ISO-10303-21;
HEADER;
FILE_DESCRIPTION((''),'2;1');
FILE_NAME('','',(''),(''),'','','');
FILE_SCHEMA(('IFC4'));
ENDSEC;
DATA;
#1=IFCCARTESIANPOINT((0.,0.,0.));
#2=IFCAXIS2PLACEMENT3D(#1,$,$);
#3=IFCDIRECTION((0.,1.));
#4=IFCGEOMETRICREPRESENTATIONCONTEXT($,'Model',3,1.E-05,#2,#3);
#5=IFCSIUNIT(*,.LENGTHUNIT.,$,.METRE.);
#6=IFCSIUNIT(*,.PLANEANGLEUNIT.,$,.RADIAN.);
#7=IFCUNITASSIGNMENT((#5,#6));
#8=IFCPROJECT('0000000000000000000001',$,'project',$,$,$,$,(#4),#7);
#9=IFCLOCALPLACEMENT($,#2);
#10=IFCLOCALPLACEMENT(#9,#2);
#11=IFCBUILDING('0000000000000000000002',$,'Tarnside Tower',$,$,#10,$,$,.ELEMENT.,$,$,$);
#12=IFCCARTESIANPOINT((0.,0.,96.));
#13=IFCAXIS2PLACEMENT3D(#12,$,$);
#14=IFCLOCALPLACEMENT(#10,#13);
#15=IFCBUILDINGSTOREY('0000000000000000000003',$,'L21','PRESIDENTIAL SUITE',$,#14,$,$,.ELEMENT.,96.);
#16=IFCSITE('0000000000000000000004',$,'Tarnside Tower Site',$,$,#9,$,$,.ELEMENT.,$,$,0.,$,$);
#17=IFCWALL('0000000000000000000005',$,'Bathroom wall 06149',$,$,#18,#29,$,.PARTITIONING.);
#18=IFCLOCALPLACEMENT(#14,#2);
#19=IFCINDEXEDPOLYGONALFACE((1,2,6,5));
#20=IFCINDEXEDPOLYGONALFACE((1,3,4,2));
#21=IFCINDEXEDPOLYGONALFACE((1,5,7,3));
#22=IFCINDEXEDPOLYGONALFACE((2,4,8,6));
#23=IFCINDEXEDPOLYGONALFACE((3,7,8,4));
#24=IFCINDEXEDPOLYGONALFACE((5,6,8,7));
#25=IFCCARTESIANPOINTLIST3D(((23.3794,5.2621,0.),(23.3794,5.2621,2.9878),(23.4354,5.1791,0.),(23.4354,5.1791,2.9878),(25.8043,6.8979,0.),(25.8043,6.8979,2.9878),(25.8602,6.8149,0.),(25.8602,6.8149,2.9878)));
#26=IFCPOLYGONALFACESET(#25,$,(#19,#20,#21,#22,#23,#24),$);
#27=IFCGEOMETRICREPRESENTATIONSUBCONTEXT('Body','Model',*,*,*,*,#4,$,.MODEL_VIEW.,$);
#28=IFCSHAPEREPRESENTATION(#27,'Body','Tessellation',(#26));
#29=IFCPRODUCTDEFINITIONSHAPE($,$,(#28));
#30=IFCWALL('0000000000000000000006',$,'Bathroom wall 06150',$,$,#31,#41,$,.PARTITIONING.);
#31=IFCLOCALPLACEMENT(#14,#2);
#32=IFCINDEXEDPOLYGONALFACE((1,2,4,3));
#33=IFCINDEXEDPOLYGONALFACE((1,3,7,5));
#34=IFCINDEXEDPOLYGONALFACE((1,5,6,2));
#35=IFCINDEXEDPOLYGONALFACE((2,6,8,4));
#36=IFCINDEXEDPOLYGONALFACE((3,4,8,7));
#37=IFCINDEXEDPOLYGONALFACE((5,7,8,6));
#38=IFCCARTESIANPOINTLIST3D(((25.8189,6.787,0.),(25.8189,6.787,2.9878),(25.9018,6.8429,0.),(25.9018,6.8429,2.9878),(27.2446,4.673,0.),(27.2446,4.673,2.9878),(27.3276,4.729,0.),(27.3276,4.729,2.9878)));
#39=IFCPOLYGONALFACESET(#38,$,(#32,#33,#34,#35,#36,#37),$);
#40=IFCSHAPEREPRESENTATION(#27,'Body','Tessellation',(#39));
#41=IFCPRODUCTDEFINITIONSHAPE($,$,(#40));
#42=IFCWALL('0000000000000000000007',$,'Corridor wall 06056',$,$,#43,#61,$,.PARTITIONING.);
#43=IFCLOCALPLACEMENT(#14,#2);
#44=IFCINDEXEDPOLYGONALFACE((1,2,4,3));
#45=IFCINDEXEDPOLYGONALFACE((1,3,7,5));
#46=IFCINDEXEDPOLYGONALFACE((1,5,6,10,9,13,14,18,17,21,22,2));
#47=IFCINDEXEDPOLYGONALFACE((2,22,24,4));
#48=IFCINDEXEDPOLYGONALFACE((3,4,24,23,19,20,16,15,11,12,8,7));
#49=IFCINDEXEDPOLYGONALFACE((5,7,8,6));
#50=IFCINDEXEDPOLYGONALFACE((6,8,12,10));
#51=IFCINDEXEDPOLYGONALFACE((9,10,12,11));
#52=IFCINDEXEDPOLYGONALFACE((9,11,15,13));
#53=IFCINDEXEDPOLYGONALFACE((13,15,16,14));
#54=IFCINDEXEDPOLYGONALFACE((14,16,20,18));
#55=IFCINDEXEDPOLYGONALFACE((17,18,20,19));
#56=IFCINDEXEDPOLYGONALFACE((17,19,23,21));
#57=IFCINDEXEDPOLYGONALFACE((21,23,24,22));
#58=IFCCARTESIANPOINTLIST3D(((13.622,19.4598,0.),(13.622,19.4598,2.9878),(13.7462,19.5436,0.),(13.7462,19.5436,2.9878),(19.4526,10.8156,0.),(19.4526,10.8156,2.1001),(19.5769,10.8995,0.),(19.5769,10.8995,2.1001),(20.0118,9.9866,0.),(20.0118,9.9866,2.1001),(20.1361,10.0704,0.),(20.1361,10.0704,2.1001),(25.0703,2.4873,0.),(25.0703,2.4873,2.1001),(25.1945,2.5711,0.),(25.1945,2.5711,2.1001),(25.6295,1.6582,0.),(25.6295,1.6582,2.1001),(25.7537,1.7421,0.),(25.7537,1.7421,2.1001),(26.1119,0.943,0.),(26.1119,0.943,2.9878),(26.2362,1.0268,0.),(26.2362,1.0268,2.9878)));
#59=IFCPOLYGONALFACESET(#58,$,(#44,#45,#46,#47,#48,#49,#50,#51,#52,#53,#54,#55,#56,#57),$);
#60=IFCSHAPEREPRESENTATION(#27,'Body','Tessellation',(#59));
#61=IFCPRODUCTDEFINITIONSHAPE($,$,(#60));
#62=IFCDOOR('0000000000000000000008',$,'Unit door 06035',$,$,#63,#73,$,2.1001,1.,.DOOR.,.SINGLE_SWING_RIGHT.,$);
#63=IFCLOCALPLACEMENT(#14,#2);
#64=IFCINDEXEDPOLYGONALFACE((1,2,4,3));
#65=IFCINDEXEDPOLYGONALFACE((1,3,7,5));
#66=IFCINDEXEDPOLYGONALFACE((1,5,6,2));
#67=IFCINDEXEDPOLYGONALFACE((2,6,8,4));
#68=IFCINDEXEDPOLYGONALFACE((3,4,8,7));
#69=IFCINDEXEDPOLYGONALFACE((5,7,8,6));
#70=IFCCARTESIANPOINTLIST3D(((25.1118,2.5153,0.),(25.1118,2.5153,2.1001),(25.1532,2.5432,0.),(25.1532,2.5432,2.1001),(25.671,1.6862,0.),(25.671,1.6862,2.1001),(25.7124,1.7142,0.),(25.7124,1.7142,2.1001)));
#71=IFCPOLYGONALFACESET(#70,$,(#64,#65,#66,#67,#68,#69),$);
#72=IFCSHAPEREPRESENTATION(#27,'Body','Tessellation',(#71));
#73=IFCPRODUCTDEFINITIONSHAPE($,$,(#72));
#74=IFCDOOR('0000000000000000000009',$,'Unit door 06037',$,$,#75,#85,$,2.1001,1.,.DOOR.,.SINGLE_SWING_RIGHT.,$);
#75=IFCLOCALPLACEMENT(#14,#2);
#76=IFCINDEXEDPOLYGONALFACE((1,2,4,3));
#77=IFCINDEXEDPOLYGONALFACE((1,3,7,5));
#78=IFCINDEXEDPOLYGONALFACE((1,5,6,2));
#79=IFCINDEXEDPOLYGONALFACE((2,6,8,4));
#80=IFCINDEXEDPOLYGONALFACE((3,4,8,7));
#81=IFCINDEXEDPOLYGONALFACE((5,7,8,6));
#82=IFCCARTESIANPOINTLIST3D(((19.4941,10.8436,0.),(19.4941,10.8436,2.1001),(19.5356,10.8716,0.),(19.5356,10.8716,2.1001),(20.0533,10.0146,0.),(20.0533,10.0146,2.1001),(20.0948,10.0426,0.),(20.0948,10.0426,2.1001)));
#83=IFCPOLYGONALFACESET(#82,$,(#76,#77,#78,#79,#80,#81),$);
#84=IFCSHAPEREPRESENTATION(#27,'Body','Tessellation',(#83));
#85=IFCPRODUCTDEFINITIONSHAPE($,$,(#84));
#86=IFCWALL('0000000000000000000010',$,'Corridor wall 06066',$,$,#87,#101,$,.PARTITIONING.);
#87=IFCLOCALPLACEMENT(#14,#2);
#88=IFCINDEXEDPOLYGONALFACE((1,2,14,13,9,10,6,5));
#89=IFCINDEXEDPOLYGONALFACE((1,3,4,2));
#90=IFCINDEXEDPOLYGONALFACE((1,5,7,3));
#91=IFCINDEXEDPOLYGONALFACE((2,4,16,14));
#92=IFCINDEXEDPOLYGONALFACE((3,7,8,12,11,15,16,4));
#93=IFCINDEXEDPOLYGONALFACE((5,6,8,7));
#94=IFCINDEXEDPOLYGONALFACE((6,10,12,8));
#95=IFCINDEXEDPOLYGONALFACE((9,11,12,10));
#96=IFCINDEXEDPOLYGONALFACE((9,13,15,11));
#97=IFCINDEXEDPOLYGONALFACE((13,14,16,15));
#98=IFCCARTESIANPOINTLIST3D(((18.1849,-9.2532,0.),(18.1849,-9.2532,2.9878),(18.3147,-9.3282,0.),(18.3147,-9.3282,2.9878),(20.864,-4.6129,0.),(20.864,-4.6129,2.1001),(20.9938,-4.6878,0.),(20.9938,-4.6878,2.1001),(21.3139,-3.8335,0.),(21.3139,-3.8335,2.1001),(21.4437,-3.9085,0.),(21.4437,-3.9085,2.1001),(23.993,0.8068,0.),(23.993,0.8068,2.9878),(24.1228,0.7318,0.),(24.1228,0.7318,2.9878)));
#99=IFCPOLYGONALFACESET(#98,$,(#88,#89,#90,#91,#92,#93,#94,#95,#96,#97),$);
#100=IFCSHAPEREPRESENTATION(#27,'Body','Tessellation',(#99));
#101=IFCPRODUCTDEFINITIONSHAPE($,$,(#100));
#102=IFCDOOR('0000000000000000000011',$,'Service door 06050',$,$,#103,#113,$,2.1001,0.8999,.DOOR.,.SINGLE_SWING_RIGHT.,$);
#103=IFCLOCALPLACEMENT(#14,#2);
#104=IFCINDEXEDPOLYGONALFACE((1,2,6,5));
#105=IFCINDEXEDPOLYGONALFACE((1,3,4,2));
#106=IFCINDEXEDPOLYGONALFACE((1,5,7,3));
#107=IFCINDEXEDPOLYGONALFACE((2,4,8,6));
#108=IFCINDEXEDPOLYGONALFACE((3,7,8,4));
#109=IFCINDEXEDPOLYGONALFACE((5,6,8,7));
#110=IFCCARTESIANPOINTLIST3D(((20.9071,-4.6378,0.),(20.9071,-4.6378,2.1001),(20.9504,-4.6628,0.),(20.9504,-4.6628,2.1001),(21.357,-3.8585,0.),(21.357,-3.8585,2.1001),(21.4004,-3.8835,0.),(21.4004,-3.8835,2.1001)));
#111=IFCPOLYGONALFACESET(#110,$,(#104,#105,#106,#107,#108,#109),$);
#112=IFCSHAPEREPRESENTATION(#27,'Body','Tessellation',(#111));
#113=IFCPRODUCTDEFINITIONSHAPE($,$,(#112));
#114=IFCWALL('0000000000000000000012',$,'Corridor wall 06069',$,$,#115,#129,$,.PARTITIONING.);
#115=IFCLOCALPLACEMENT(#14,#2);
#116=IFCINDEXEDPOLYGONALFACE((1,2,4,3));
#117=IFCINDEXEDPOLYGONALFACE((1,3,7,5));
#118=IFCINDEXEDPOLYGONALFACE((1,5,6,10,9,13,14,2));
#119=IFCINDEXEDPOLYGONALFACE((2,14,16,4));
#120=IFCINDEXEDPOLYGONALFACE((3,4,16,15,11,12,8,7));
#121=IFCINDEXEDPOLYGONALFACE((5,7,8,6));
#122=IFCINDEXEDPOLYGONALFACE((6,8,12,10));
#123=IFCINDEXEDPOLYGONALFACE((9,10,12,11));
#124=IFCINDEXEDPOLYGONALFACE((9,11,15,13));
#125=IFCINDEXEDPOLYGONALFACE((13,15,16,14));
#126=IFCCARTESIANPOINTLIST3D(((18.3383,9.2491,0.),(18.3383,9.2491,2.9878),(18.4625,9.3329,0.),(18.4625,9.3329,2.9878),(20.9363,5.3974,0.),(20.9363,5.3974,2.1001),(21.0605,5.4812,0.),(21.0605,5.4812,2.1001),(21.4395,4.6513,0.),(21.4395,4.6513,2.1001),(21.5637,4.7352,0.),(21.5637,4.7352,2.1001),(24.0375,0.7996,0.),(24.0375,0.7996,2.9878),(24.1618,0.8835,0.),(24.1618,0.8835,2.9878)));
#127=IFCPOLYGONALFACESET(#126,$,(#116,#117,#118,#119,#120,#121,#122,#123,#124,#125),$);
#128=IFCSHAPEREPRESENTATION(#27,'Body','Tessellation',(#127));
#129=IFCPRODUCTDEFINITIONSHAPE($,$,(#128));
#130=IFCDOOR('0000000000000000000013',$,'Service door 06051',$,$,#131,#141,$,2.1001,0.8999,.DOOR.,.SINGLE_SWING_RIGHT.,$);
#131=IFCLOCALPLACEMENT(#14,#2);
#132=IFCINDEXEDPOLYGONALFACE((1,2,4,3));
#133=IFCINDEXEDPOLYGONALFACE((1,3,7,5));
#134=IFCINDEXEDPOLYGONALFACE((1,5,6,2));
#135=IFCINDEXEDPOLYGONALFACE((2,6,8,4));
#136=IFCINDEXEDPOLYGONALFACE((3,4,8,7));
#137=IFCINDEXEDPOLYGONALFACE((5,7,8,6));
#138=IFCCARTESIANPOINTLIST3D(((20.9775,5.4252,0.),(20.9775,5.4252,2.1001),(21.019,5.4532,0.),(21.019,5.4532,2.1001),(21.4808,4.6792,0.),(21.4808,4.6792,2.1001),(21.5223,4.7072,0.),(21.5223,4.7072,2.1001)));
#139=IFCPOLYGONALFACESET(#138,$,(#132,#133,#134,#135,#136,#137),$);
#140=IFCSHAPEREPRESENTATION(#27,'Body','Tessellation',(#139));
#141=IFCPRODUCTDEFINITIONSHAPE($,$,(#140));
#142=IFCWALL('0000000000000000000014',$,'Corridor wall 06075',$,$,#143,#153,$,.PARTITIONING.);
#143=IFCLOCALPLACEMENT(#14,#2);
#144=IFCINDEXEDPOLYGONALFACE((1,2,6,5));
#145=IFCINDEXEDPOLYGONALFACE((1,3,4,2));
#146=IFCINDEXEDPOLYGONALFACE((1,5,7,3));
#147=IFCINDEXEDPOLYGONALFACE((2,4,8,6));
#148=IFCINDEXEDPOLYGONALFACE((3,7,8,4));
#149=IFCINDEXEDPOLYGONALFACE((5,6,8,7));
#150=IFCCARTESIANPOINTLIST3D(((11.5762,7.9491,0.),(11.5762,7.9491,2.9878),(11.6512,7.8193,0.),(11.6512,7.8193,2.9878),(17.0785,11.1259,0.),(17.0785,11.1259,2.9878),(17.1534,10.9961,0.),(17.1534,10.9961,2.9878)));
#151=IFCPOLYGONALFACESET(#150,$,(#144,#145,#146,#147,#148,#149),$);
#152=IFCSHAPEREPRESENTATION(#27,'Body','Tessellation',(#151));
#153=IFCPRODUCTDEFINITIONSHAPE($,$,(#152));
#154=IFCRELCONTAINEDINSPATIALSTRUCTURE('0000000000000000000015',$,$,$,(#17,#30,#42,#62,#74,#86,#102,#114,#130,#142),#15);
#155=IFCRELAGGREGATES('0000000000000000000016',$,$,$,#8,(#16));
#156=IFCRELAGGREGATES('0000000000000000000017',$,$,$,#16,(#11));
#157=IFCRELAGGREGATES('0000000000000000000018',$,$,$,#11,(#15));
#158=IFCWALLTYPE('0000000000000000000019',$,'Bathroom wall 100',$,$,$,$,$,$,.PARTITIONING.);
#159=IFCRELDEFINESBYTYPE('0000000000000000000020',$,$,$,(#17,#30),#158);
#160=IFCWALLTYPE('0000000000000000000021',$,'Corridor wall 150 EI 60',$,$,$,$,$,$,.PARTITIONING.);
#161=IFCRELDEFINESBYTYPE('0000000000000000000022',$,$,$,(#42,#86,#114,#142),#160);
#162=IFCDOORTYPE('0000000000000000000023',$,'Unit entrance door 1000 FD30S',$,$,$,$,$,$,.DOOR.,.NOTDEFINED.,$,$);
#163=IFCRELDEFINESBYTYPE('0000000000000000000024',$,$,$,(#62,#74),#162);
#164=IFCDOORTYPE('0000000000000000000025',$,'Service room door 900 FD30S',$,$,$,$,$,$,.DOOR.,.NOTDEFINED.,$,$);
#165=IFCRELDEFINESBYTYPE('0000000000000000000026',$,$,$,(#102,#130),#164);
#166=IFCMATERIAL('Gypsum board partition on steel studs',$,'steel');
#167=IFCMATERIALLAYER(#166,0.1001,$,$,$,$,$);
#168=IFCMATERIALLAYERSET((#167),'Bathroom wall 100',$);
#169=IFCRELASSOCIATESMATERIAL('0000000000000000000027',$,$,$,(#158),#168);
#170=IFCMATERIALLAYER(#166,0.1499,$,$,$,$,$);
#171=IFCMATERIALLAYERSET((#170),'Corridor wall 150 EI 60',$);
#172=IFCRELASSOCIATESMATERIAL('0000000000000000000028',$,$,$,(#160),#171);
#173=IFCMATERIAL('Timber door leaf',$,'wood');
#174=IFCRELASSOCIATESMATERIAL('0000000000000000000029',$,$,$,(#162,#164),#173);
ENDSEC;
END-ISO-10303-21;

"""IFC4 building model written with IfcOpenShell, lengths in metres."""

from ifc_helpers import new_model, si_unit, direction, frame, frame_2d, origin, place, context, subcontext, project, spatial, rectangle, extrude, material, layer, layer_set, type_object, element, fill, save


model = new_model("IFC4")

# Units and contexts
model_context = context("Model", 3, precision=1e-05, world=origin(), true_north=direction((0.0, 1.0)))
body_context = subcontext(model_context, "Body", "Model", "MODEL_VIEW")
ifc_project = project(units=[si_unit("LENGTHUNIT", "METRE"), si_unit("PLANEANGLEUNIT", "RADIAN")], contexts=[model_context])

# Site, building, storey
site_placement = place(None, origin())
site = spatial("IfcSite", under=ifc_project, at=site_placement, Name="Tarnside Tower Site", CompositionType="ELEMENT", RefElevation=0.0)
building_placement = place(site_placement, origin())
building = spatial("IfcBuilding", under=site, at=building_placement, Name="Tarnside Tower", CompositionType="ELEMENT")
storey_placement = place(building_placement, frame((0.0, 0.0, 96.0)))
storey = spatial("IfcBuildingStorey", under=building, at=storey_placement, Name="L21", Description="PRESIDENTIAL SUITE", CompositionType="ELEMENT", Elevation=96.0)

# Walls
ifc_material_1 = material(Name="Gypsum board partition on steel studs", Category="steel")
ifc_layer_1 = layer(ifc_material_1, 0.1001)
ifc_layer_set_1 = layer_set([ifc_layer_1], Name="Bathroom wall 100")
wall_type_1 = type_object("IfcWallType", Name="Bathroom wall 100", PredefinedType="PARTITIONING", material=ifc_layer_set_1)
wall_1_placement = place(storey_placement, frame((23.4075, 5.2207, 0.0), z_axis=(0.0, 0.0, 1.0), x_axis=(0.829007, 0.559238, 0.0)))
element("IfcWall", 1, at=wall_1_placement, inside=storey, type_object=wall_type_1, Name="Bathroom wall 06149", PredefinedType="PARTITIONING", context=body_context, shape_type="SweptSolid", body=[
    extrude(rectangle(XDim=2.925, YDim=0.1001, at=frame_2d((1.4624, 0.0))), origin(), (0.0, 0.0, 1.0), 2.9878),
])
wall_2_placement = place(storey_placement, frame((25.8604, 6.8149, 0.0), z_axis=(0.0, 0.0, 1.0), x_axis=(0.559155, -0.829063, 0.0)))
element("IfcWall", 2, at=wall_2_placement, inside=storey, type_object=wall_type_1, Name="Bathroom wall 06150", PredefinedType="PARTITIONING", context=body_context, shape_type="SweptSolid", body=[
    extrude(rectangle(XDim=2.5498, YDim=0.1001, at=frame_2d((1.2749, 0.0))), origin(), (0.0, 0.0, 1.0), 2.9878),
])

# Wall, openings, doors
ifc_layer_2 = layer(ifc_material_1, 0.1499)
ifc_layer_set_2 = layer_set([ifc_layer_2], Name="Corridor wall 150 EI 60")
wall_type_2 = type_object("IfcWallType", Name="Corridor wall 150 EI 60", PredefinedType="PARTITIONING", material=ifc_layer_set_2)
wall_3_placement = place(storey_placement, frame((26.1741, 0.9849, 0.0), z_axis=(0.0, 0.0, 1.0), x_axis=(-0.5592, 0.829033, 0.0)))
wall_3 = element("IfcWall", 3, at=wall_3_placement, inside=storey, type_object=wall_type_2, Name="Corridor wall 06056", PredefinedType="PARTITIONING", context=body_context, shape_type="SweptSolid", body=[
    extrude(rectangle(XDim=22.3354, YDim=0.1499, at=frame_2d((11.1677, 0.0))), origin(), (0.0, 0.0, 1.0), 2.9878),
])
opening_1_placement = place(wall_3_placement, frame((0.8628, 0.0, 0.0)))
opening_1 = element("IfcOpeningElement", 4, at=opening_1_placement, cuts=wall_3, PredefinedType="OPENING", context=body_context, shape_type="SweptSolid", body=[
    extrude(rectangle(XDim=1.0, YDim=2.1001, at=frame_2d((0.5, 1.05))), frame((0.0, 0.085, 0.0), z_axis=(0.0, -1.0, 0.0), x_axis=(1.0, 0.0, 0.0)), (0.0, 0.0, 1.0), 0.1699),
])
opening_2_placement = place(wall_3_placement, frame((10.9087, 0.0, 0.0)))
opening_2 = element("IfcOpeningElement", 5, at=opening_2_placement, cuts=wall_3, PredefinedType="OPENING", context=body_context, shape_type="SweptSolid", body=[
    extrude(rectangle(XDim=1.0, YDim=2.1001, at=frame_2d((0.5, 1.05))), frame((0.0, 0.085, 0.0), z_axis=(0.0, -1.0, 0.0), x_axis=(1.0, 0.0, 0.0)), (0.0, 0.0, 1.0), 0.1699),
])
ifc_material_2 = material(Name="Timber door leaf", Category="wood")
door_type_1 = type_object("IfcDoorType", Name="Unit entrance door 1000 FD30S", OperationType="NOTDEFINED", PredefinedType="DOOR", material=ifc_material_2)
door_1_placement = place(opening_1_placement, origin())
door_1 = element("IfcDoor", 6, at=door_1_placement, inside=storey, type_object=door_type_1, Name="Unit door 06035", OperationType="SINGLE_SWING_RIGHT", OverallHeight=2.1001, OverallWidth=1.0, PredefinedType="DOOR", context=body_context, shape_type="SweptSolid", body=[
    extrude(rectangle(XDim=1.0, YDim=2.1001, at=frame_2d((0.5, 1.05))), frame((0.0, 0.0249, 0.0), z_axis=(0.0, -1.0, 0.0), x_axis=(1.0, 0.0, 0.0)), (0.0, 0.0, 1.0), 0.05),
])
fill(opening_1, door_1)
door_2_placement = place(opening_2_placement, origin())
door_2 = element("IfcDoor", 7, at=door_2_placement, inside=storey, type_object=door_type_1, Name="Unit door 06037", OperationType="SINGLE_SWING_RIGHT", OverallHeight=2.1001, OverallWidth=1.0, PredefinedType="DOOR", context=body_context, shape_type="SweptSolid", body=[
    extrude(rectangle(XDim=1.0, YDim=2.1001, at=frame_2d((0.5, 1.05))), frame((0.0, 0.0249, 0.0), z_axis=(0.0, -1.0, 0.0), x_axis=(1.0, 0.0, 0.0)), (0.0, 0.0, 1.0), 0.05),
])
fill(opening_2, door_2)

# Walls, openings, doors
wall_4_placement = place(storey_placement, frame((24.0579, 0.7693, 0.0), z_axis=(0.0, 0.0, 1.0), x_axis=(-0.499995, -0.866028, 0.0)))
wall_4 = element("IfcWall", 8, at=wall_4_placement, inside=storey, type_object=wall_type_2, Name="Corridor wall 06066", PredefinedType="PARTITIONING", context=body_context, shape_type="SweptSolid", body=[
    extrude(rectangle(XDim=11.6162, YDim=0.1499, at=frame_2d((5.8081, 0.0))), origin(), (0.0, 0.0, 1.0), 2.9878),
])
opening_3_placement = place(wall_4_placement, frame((5.3582, 0.0, 0.0)))
opening_3 = element("IfcOpeningElement", 9, at=opening_3_placement, cuts=wall_4, PredefinedType="OPENING", context=body_context, shape_type="SweptSolid", body=[
    extrude(rectangle(XDim=0.8999, YDim=2.1001, at=frame_2d((0.45, 1.05))), frame((0.0, 0.085, 0.0), z_axis=(0.0, -1.0, 0.0), x_axis=(1.0, 0.0, 0.0)), (0.0, 0.0, 1.0), 0.1699),
])
door_type_2 = type_object("IfcDoorType", Name="Service room door 900 FD30S", OperationType="NOTDEFINED", PredefinedType="DOOR", material=ifc_material_2)
door_3_placement = place(opening_3_placement, origin())
door_3 = element("IfcDoor", 10, at=door_3_placement, inside=storey, type_object=door_type_2, Name="Service door 06050", OperationType="SINGLE_SWING_RIGHT", OverallHeight=2.1001, OverallWidth=0.8999, PredefinedType="DOOR", context=body_context, shape_type="SweptSolid", body=[
    extrude(rectangle(XDim=0.8999, YDim=2.1001, at=frame_2d((0.45, 1.05))), frame((0.0, 0.0249, 0.0), z_axis=(0.0, -1.0, 0.0), x_axis=(1.0, 0.0, 0.0)), (0.0, 0.0, 1.0), 0.05),
])
fill(opening_3, door_3)
wall_5_placement = place(storey_placement, frame((18.4004, 9.291, 0.0), z_axis=(0.0, 0.0, 1.0), x_axis=(0.559192, -0.829038, 0.0)))
wall_5 = element("IfcWall", 11, at=wall_5_placement, inside=storey, type_object=wall_type_2, Name="Corridor wall 06069", PredefinedType="PARTITIONING", context=body_context, shape_type="SweptSolid", body=[
    extrude(rectangle(XDim=10.1919, YDim=0.1499, at=frame_2d((5.0959, 0.0))), origin(), (0.0, 0.0, 1.0), 2.9878),
])
opening_4_placement = place(wall_5_placement, frame((4.646, 0.0, 0.0)))
opening_4 = element("IfcOpeningElement", 12, at=opening_4_placement, cuts=wall_5, PredefinedType="OPENING", context=body_context, shape_type="SweptSolid", body=[
    extrude(rectangle(XDim=0.8999, YDim=2.1001, at=frame_2d((0.45, 1.05))), frame((0.0, 0.085, 0.0), z_axis=(0.0, -1.0, 0.0), x_axis=(1.0, 0.0, 0.0)), (0.0, 0.0, 1.0), 0.1699),
])
door_4_placement = place(opening_4_placement, origin())
door_4 = element("IfcDoor", 13, at=door_4_placement, inside=storey, type_object=door_type_2, Name="Service door 06051", OperationType="SINGLE_SWING_RIGHT", OverallHeight=2.1001, OverallWidth=0.8999, PredefinedType="DOOR", context=body_context, shape_type="SweptSolid", body=[
    extrude(rectangle(XDim=0.8999, YDim=2.1001, at=frame_2d((0.45, 1.05))), frame((0.0, 0.0249, 0.0), z_axis=(0.0, -1.0, 0.0), x_axis=(1.0, 0.0, 0.0)), (0.0, 0.0, 1.0), 0.05),
])
fill(opening_4, door_4)

# Wall
wall_6_placement = place(storey_placement, frame((17.116, 11.061, 0.0), z_axis=(0.0, 0.0, 1.0), x_axis=(-0.866021, -0.500007, 0.0)))
element("IfcWall", 14, at=wall_6_placement, inside=storey, type_object=wall_type_2, Name="Corridor wall 06075", PredefinedType="PARTITIONING", context=body_context, shape_type="SweptSolid", body=[
    extrude(rectangle(XDim=6.3535, YDim=0.1499, at=frame_2d((3.1768, 0.0))), origin(), (0.0, 0.0, 1.0), 2.9878),
])

save(model, "model.ifc")
